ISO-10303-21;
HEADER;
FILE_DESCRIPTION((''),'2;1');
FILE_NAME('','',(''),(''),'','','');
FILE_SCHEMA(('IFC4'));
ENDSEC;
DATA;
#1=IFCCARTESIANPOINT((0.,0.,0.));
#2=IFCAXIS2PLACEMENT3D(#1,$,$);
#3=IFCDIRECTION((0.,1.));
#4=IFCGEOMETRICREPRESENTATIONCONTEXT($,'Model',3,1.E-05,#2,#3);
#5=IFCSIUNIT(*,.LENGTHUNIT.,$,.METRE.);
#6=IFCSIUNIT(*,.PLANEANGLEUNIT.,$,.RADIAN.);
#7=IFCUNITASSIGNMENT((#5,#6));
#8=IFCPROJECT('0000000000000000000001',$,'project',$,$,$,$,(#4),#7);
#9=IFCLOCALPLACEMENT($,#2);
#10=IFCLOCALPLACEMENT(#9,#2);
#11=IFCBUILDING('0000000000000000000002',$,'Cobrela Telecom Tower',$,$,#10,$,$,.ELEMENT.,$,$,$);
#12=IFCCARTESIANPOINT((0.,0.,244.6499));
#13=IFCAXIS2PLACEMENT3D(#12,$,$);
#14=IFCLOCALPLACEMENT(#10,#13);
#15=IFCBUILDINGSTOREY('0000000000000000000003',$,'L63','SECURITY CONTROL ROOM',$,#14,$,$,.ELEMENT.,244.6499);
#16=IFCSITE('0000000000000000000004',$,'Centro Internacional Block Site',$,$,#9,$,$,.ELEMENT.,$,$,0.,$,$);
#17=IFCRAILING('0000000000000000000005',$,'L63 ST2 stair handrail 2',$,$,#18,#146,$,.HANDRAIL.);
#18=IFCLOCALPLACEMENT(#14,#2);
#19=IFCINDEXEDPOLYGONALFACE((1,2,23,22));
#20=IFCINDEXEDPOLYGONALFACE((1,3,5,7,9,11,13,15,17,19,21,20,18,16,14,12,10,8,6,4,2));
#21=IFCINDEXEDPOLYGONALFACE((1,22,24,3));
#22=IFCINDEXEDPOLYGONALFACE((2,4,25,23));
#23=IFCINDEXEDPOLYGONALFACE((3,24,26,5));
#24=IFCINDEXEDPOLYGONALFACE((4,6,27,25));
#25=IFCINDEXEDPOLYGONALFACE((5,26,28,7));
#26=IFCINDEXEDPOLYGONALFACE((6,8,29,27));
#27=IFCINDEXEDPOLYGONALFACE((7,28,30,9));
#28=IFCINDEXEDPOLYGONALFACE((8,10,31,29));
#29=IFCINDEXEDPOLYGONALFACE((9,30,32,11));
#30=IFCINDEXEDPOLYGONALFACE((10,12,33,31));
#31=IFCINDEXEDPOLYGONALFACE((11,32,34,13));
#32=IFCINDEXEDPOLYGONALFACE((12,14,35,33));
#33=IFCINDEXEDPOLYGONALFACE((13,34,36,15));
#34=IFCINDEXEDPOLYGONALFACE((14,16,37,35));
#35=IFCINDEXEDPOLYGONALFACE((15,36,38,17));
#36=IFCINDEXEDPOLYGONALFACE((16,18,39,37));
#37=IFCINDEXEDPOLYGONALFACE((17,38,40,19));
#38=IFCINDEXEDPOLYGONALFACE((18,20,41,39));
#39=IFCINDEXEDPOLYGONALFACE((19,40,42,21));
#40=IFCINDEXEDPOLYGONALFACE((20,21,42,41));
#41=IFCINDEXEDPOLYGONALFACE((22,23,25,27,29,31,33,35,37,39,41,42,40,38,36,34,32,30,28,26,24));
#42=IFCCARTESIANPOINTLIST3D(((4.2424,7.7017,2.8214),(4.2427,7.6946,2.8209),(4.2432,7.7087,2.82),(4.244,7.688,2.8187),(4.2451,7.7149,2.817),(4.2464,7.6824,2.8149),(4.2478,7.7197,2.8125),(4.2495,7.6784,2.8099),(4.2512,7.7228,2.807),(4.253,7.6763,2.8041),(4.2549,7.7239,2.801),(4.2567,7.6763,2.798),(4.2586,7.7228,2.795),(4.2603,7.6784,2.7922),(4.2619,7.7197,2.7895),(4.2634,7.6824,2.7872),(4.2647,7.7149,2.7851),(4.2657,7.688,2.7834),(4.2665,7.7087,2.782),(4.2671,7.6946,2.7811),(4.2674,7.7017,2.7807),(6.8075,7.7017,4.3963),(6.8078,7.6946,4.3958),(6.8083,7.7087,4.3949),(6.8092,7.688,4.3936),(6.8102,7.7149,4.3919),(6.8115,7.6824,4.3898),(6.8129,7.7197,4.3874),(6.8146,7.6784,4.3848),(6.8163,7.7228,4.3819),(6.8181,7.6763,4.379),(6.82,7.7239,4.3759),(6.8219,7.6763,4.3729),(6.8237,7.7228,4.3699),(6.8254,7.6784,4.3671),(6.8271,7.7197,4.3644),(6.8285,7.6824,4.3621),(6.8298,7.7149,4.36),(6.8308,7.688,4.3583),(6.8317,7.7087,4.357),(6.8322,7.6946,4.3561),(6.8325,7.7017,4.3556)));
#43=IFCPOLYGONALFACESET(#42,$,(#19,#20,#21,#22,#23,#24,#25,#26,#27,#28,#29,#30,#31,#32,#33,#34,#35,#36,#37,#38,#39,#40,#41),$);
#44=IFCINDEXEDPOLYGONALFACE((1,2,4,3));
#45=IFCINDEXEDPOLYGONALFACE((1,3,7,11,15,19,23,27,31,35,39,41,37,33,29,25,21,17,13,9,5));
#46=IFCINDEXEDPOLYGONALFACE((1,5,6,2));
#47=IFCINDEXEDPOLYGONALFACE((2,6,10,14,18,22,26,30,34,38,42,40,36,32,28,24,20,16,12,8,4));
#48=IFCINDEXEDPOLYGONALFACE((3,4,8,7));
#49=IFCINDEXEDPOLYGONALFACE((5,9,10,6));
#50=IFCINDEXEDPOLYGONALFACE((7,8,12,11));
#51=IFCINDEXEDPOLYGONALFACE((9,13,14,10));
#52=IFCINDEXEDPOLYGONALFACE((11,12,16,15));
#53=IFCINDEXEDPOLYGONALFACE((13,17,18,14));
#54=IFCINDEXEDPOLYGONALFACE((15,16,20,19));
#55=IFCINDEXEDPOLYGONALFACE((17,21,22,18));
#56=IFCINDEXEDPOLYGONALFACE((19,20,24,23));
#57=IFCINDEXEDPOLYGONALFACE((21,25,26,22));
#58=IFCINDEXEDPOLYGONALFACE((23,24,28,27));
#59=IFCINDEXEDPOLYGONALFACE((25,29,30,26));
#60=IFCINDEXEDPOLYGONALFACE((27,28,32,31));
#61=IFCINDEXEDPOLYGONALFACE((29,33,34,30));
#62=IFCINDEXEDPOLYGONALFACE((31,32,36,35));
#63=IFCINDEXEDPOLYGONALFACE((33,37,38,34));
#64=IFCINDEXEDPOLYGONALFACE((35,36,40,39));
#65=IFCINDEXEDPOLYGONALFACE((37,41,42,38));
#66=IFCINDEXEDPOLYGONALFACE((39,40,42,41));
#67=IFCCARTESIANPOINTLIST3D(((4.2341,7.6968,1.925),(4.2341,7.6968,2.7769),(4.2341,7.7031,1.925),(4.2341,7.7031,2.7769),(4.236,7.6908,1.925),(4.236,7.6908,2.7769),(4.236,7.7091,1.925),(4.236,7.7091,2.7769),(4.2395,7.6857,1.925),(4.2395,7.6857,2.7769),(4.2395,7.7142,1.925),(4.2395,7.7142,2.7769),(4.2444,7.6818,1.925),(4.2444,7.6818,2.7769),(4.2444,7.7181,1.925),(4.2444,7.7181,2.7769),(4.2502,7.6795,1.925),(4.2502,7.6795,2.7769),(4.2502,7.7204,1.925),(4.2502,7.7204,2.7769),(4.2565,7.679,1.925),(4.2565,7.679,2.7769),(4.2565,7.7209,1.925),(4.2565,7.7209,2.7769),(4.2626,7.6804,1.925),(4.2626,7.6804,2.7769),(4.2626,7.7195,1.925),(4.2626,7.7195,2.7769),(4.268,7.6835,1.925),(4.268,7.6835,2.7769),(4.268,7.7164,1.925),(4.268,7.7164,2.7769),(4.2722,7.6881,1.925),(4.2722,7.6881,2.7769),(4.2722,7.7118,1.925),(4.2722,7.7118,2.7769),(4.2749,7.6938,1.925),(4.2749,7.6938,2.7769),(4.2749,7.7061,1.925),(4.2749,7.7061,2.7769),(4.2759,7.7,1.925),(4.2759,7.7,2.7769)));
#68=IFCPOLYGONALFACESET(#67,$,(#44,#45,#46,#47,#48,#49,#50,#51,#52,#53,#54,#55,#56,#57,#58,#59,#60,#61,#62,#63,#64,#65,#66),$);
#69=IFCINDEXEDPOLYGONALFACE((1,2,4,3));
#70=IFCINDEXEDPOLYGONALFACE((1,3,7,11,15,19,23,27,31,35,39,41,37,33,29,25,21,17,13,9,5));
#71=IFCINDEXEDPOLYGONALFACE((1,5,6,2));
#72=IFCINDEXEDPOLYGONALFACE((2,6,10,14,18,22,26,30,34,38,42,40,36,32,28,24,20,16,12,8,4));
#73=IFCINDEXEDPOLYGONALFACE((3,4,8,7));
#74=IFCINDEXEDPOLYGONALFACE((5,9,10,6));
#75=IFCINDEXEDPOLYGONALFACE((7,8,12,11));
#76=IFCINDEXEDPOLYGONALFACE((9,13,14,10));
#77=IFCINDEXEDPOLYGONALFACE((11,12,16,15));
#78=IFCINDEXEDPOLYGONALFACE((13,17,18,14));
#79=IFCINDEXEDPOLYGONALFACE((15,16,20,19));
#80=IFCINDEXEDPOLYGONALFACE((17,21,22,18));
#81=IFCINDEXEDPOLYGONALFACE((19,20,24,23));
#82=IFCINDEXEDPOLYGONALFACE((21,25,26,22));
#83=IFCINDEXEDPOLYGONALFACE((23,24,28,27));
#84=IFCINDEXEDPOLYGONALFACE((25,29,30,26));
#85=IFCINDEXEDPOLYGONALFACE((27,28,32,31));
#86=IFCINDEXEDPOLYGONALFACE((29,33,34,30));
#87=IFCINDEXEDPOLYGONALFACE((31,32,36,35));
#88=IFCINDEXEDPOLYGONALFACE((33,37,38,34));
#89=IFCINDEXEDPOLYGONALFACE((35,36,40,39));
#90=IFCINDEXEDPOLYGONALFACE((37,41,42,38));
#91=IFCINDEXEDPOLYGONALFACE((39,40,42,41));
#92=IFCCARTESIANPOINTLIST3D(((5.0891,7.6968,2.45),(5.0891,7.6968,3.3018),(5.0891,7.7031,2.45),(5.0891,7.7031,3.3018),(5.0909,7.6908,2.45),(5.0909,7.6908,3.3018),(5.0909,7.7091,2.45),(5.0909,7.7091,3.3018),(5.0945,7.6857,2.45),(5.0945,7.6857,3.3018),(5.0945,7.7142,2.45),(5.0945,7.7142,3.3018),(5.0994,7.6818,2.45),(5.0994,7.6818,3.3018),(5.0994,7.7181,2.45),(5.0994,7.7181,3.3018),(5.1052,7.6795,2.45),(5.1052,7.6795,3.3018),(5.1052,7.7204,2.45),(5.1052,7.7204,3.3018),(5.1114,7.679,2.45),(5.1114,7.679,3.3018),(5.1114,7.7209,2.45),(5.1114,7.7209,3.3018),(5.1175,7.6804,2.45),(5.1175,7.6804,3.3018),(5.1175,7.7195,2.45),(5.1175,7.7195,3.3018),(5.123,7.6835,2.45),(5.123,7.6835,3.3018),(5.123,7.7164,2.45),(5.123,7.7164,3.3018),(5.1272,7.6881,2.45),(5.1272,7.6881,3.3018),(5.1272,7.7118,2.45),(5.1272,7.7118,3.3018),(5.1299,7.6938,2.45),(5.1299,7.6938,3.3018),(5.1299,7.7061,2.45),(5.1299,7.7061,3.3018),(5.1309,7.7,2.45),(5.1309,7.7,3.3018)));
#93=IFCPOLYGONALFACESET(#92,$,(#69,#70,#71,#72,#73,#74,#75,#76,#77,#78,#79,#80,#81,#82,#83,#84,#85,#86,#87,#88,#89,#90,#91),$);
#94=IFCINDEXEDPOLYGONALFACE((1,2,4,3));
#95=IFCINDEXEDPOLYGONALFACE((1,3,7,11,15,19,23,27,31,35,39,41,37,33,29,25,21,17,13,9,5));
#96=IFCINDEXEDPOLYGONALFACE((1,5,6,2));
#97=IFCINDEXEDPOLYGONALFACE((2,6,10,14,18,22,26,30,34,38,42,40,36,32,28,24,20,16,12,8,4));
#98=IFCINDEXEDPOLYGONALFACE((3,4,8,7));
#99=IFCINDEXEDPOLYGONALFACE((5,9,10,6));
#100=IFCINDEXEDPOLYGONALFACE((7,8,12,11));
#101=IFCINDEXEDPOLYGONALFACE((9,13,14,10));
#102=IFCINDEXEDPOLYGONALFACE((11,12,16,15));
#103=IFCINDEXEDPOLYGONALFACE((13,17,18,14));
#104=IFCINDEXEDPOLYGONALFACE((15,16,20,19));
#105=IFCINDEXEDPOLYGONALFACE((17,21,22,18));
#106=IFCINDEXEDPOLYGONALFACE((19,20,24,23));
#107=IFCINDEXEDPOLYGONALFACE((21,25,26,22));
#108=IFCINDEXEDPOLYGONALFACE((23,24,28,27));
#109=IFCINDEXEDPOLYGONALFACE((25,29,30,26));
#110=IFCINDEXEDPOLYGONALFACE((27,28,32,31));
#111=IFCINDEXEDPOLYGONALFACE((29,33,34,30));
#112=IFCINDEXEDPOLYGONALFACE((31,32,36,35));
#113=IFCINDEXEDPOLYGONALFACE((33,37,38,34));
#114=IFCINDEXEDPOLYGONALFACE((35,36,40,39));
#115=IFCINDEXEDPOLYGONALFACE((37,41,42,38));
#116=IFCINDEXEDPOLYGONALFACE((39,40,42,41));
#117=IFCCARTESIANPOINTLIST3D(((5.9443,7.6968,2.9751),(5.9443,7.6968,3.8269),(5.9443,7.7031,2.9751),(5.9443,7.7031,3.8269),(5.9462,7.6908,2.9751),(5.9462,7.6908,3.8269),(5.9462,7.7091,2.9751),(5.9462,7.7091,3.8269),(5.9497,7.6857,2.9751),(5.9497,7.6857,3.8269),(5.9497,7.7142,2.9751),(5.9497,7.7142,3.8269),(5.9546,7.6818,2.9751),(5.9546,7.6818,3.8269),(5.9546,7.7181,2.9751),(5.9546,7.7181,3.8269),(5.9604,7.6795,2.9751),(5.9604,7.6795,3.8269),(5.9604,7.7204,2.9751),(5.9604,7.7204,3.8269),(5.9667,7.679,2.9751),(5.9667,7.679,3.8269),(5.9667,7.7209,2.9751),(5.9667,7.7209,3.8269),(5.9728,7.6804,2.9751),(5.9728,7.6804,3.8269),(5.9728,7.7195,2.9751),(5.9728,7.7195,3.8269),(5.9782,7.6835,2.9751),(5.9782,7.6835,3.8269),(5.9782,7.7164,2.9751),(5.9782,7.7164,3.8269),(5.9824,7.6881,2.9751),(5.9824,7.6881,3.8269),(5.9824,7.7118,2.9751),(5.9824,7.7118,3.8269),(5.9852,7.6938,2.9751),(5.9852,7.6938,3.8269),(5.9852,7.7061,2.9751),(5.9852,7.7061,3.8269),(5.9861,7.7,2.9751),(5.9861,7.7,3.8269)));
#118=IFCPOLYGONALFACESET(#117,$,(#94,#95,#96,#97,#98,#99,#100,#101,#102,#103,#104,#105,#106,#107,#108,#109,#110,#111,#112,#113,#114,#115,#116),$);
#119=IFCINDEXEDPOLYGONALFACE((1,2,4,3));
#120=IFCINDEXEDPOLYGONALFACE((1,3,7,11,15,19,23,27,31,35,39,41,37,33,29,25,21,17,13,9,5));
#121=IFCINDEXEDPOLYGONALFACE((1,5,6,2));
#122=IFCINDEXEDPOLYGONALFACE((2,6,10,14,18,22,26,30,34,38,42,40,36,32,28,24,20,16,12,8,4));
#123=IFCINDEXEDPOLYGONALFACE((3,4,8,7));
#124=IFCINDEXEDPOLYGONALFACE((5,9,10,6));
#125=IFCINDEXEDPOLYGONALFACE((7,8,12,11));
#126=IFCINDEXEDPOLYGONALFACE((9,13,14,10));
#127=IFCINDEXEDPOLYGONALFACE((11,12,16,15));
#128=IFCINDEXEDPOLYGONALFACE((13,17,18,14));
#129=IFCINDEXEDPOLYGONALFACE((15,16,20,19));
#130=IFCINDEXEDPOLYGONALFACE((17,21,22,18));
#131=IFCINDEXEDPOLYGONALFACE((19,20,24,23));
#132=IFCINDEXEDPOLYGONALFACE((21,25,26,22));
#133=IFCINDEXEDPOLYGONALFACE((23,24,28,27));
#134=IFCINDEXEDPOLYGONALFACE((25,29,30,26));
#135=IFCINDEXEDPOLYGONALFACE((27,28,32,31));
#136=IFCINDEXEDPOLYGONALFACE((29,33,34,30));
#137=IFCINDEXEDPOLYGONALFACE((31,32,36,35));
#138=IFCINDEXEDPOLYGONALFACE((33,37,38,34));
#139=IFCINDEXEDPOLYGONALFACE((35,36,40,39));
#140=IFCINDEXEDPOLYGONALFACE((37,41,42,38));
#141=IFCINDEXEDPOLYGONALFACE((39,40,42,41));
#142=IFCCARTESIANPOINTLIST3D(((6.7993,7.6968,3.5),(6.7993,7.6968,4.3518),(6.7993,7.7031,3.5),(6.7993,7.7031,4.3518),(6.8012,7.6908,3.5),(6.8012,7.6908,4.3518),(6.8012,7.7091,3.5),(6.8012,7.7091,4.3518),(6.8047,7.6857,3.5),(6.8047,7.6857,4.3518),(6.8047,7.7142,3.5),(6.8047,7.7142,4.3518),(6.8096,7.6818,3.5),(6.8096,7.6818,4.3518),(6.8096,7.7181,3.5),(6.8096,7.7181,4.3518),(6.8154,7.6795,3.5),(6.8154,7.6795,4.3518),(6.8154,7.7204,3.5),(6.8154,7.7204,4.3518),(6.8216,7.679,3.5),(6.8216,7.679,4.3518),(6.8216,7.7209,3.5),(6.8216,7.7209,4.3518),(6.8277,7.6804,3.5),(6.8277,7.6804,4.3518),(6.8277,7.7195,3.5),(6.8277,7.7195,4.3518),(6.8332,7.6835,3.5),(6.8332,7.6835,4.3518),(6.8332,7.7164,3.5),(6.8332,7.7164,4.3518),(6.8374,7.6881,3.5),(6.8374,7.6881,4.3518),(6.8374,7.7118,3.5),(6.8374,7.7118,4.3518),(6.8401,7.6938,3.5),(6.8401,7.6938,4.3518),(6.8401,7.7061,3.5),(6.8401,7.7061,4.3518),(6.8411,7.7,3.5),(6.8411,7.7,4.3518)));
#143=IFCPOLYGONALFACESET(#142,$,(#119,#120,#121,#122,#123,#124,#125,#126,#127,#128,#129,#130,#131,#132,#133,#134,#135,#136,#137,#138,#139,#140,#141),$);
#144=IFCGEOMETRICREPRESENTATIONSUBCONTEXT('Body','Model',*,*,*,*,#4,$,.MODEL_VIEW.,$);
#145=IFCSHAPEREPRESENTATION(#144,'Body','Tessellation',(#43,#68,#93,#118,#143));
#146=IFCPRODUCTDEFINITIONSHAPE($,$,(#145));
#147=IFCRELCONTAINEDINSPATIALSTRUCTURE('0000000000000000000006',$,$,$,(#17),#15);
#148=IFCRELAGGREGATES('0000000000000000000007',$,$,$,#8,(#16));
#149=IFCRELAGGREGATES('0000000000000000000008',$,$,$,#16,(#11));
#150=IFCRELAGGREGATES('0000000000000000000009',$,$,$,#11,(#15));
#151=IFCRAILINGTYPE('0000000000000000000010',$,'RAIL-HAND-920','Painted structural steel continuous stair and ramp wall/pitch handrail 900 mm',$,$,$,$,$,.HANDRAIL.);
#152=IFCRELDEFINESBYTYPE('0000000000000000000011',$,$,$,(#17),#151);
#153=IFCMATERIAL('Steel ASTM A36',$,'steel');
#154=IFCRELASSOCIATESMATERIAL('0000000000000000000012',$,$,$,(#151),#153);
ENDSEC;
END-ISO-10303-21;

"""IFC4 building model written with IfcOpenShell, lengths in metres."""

from ifc_helpers import new_model, si_unit, direction, frame, origin, origin_2d, place, context, subcontext, project, spatial, circle, extrude, material, type_object, element, save


model = new_model("IFC4")

# Units and contexts
model_context = context("Model", 3, precision=1e-05, world=origin(), true_north=direction((0.0, 1.0)))
body_context = subcontext(model_context, "Body", "Model", "MODEL_VIEW")
ifc_project = project(units=[si_unit("LENGTHUNIT", "METRE"), si_unit("PLANEANGLEUNIT", "RADIAN")], contexts=[model_context])

# Site, building, storey
site_placement = place(None, origin())
site = spatial("IfcSite", under=ifc_project, at=site_placement, Name="Centro Internacional Block Site", CompositionType="ELEMENT", RefElevation=0.0)
building_placement = place(site_placement, origin())
building = spatial("IfcBuilding", under=site, at=building_placement, Name="Cobrela Telecom Tower", CompositionType="ELEMENT")
storey_placement = place(building_placement, frame((0.0, 0.0, 244.6499)))
storey = spatial("IfcBuildingStorey", under=building, at=storey_placement, Name="L63", Description="SECURITY CONTROL ROOM", CompositionType="ELEMENT", Elevation=244.6499)

# Railing
ifc_material_1 = material(Name="Steel ASTM A36", Category="steel")
railing_type_1 = type_object("IfcRailingType", Name="RAIL-HAND-920", Description="Painted structural steel continuous stair and ramp wall/pitch handrail 900 mm", PredefinedType="HANDRAIL", material=ifc_material_1)
railing_1_placement = place(storey_placement, frame((4.2549, 7.7, 1.925)))
element("IfcRailing", 1, at=railing_1_placement, inside=storey, type_object=railing_type_1, Name="L63 ST2 stair handrail 2", PredefinedType="HANDRAIL", context=body_context, shape_type="SweptSolid", body=[
    extrude(circle(Radius=0.0239, at=origin_2d()), frame((0.0, 0.0, 0.876), z_axis=(0.852195, 0.0, 0.523224), x_axis=(0.0, 1.0, 0.0)), (0.0, 0.0, 1.0), 3.01),
    extrude(circle(Radius=0.021, at=origin_2d()), origin(), (0.0, 0.0, 1.0), 0.8518),
    extrude(circle(Radius=0.021, at=origin_2d()), frame((0.855, 0.0, 0.5249)), (0.0, 0.0, 1.0), 0.8518),
    extrude(circle(Radius=0.021, at=origin_2d()), frame((1.7102, 0.0, 1.05)), (0.0, 0.0, 1.0), 0.8518),
    extrude(circle(Radius=0.021, at=origin_2d()), frame((2.5652, 0.0, 1.575)), (0.0, 0.0, 1.0), 0.8518),
])

save(model, "model.ifc")
